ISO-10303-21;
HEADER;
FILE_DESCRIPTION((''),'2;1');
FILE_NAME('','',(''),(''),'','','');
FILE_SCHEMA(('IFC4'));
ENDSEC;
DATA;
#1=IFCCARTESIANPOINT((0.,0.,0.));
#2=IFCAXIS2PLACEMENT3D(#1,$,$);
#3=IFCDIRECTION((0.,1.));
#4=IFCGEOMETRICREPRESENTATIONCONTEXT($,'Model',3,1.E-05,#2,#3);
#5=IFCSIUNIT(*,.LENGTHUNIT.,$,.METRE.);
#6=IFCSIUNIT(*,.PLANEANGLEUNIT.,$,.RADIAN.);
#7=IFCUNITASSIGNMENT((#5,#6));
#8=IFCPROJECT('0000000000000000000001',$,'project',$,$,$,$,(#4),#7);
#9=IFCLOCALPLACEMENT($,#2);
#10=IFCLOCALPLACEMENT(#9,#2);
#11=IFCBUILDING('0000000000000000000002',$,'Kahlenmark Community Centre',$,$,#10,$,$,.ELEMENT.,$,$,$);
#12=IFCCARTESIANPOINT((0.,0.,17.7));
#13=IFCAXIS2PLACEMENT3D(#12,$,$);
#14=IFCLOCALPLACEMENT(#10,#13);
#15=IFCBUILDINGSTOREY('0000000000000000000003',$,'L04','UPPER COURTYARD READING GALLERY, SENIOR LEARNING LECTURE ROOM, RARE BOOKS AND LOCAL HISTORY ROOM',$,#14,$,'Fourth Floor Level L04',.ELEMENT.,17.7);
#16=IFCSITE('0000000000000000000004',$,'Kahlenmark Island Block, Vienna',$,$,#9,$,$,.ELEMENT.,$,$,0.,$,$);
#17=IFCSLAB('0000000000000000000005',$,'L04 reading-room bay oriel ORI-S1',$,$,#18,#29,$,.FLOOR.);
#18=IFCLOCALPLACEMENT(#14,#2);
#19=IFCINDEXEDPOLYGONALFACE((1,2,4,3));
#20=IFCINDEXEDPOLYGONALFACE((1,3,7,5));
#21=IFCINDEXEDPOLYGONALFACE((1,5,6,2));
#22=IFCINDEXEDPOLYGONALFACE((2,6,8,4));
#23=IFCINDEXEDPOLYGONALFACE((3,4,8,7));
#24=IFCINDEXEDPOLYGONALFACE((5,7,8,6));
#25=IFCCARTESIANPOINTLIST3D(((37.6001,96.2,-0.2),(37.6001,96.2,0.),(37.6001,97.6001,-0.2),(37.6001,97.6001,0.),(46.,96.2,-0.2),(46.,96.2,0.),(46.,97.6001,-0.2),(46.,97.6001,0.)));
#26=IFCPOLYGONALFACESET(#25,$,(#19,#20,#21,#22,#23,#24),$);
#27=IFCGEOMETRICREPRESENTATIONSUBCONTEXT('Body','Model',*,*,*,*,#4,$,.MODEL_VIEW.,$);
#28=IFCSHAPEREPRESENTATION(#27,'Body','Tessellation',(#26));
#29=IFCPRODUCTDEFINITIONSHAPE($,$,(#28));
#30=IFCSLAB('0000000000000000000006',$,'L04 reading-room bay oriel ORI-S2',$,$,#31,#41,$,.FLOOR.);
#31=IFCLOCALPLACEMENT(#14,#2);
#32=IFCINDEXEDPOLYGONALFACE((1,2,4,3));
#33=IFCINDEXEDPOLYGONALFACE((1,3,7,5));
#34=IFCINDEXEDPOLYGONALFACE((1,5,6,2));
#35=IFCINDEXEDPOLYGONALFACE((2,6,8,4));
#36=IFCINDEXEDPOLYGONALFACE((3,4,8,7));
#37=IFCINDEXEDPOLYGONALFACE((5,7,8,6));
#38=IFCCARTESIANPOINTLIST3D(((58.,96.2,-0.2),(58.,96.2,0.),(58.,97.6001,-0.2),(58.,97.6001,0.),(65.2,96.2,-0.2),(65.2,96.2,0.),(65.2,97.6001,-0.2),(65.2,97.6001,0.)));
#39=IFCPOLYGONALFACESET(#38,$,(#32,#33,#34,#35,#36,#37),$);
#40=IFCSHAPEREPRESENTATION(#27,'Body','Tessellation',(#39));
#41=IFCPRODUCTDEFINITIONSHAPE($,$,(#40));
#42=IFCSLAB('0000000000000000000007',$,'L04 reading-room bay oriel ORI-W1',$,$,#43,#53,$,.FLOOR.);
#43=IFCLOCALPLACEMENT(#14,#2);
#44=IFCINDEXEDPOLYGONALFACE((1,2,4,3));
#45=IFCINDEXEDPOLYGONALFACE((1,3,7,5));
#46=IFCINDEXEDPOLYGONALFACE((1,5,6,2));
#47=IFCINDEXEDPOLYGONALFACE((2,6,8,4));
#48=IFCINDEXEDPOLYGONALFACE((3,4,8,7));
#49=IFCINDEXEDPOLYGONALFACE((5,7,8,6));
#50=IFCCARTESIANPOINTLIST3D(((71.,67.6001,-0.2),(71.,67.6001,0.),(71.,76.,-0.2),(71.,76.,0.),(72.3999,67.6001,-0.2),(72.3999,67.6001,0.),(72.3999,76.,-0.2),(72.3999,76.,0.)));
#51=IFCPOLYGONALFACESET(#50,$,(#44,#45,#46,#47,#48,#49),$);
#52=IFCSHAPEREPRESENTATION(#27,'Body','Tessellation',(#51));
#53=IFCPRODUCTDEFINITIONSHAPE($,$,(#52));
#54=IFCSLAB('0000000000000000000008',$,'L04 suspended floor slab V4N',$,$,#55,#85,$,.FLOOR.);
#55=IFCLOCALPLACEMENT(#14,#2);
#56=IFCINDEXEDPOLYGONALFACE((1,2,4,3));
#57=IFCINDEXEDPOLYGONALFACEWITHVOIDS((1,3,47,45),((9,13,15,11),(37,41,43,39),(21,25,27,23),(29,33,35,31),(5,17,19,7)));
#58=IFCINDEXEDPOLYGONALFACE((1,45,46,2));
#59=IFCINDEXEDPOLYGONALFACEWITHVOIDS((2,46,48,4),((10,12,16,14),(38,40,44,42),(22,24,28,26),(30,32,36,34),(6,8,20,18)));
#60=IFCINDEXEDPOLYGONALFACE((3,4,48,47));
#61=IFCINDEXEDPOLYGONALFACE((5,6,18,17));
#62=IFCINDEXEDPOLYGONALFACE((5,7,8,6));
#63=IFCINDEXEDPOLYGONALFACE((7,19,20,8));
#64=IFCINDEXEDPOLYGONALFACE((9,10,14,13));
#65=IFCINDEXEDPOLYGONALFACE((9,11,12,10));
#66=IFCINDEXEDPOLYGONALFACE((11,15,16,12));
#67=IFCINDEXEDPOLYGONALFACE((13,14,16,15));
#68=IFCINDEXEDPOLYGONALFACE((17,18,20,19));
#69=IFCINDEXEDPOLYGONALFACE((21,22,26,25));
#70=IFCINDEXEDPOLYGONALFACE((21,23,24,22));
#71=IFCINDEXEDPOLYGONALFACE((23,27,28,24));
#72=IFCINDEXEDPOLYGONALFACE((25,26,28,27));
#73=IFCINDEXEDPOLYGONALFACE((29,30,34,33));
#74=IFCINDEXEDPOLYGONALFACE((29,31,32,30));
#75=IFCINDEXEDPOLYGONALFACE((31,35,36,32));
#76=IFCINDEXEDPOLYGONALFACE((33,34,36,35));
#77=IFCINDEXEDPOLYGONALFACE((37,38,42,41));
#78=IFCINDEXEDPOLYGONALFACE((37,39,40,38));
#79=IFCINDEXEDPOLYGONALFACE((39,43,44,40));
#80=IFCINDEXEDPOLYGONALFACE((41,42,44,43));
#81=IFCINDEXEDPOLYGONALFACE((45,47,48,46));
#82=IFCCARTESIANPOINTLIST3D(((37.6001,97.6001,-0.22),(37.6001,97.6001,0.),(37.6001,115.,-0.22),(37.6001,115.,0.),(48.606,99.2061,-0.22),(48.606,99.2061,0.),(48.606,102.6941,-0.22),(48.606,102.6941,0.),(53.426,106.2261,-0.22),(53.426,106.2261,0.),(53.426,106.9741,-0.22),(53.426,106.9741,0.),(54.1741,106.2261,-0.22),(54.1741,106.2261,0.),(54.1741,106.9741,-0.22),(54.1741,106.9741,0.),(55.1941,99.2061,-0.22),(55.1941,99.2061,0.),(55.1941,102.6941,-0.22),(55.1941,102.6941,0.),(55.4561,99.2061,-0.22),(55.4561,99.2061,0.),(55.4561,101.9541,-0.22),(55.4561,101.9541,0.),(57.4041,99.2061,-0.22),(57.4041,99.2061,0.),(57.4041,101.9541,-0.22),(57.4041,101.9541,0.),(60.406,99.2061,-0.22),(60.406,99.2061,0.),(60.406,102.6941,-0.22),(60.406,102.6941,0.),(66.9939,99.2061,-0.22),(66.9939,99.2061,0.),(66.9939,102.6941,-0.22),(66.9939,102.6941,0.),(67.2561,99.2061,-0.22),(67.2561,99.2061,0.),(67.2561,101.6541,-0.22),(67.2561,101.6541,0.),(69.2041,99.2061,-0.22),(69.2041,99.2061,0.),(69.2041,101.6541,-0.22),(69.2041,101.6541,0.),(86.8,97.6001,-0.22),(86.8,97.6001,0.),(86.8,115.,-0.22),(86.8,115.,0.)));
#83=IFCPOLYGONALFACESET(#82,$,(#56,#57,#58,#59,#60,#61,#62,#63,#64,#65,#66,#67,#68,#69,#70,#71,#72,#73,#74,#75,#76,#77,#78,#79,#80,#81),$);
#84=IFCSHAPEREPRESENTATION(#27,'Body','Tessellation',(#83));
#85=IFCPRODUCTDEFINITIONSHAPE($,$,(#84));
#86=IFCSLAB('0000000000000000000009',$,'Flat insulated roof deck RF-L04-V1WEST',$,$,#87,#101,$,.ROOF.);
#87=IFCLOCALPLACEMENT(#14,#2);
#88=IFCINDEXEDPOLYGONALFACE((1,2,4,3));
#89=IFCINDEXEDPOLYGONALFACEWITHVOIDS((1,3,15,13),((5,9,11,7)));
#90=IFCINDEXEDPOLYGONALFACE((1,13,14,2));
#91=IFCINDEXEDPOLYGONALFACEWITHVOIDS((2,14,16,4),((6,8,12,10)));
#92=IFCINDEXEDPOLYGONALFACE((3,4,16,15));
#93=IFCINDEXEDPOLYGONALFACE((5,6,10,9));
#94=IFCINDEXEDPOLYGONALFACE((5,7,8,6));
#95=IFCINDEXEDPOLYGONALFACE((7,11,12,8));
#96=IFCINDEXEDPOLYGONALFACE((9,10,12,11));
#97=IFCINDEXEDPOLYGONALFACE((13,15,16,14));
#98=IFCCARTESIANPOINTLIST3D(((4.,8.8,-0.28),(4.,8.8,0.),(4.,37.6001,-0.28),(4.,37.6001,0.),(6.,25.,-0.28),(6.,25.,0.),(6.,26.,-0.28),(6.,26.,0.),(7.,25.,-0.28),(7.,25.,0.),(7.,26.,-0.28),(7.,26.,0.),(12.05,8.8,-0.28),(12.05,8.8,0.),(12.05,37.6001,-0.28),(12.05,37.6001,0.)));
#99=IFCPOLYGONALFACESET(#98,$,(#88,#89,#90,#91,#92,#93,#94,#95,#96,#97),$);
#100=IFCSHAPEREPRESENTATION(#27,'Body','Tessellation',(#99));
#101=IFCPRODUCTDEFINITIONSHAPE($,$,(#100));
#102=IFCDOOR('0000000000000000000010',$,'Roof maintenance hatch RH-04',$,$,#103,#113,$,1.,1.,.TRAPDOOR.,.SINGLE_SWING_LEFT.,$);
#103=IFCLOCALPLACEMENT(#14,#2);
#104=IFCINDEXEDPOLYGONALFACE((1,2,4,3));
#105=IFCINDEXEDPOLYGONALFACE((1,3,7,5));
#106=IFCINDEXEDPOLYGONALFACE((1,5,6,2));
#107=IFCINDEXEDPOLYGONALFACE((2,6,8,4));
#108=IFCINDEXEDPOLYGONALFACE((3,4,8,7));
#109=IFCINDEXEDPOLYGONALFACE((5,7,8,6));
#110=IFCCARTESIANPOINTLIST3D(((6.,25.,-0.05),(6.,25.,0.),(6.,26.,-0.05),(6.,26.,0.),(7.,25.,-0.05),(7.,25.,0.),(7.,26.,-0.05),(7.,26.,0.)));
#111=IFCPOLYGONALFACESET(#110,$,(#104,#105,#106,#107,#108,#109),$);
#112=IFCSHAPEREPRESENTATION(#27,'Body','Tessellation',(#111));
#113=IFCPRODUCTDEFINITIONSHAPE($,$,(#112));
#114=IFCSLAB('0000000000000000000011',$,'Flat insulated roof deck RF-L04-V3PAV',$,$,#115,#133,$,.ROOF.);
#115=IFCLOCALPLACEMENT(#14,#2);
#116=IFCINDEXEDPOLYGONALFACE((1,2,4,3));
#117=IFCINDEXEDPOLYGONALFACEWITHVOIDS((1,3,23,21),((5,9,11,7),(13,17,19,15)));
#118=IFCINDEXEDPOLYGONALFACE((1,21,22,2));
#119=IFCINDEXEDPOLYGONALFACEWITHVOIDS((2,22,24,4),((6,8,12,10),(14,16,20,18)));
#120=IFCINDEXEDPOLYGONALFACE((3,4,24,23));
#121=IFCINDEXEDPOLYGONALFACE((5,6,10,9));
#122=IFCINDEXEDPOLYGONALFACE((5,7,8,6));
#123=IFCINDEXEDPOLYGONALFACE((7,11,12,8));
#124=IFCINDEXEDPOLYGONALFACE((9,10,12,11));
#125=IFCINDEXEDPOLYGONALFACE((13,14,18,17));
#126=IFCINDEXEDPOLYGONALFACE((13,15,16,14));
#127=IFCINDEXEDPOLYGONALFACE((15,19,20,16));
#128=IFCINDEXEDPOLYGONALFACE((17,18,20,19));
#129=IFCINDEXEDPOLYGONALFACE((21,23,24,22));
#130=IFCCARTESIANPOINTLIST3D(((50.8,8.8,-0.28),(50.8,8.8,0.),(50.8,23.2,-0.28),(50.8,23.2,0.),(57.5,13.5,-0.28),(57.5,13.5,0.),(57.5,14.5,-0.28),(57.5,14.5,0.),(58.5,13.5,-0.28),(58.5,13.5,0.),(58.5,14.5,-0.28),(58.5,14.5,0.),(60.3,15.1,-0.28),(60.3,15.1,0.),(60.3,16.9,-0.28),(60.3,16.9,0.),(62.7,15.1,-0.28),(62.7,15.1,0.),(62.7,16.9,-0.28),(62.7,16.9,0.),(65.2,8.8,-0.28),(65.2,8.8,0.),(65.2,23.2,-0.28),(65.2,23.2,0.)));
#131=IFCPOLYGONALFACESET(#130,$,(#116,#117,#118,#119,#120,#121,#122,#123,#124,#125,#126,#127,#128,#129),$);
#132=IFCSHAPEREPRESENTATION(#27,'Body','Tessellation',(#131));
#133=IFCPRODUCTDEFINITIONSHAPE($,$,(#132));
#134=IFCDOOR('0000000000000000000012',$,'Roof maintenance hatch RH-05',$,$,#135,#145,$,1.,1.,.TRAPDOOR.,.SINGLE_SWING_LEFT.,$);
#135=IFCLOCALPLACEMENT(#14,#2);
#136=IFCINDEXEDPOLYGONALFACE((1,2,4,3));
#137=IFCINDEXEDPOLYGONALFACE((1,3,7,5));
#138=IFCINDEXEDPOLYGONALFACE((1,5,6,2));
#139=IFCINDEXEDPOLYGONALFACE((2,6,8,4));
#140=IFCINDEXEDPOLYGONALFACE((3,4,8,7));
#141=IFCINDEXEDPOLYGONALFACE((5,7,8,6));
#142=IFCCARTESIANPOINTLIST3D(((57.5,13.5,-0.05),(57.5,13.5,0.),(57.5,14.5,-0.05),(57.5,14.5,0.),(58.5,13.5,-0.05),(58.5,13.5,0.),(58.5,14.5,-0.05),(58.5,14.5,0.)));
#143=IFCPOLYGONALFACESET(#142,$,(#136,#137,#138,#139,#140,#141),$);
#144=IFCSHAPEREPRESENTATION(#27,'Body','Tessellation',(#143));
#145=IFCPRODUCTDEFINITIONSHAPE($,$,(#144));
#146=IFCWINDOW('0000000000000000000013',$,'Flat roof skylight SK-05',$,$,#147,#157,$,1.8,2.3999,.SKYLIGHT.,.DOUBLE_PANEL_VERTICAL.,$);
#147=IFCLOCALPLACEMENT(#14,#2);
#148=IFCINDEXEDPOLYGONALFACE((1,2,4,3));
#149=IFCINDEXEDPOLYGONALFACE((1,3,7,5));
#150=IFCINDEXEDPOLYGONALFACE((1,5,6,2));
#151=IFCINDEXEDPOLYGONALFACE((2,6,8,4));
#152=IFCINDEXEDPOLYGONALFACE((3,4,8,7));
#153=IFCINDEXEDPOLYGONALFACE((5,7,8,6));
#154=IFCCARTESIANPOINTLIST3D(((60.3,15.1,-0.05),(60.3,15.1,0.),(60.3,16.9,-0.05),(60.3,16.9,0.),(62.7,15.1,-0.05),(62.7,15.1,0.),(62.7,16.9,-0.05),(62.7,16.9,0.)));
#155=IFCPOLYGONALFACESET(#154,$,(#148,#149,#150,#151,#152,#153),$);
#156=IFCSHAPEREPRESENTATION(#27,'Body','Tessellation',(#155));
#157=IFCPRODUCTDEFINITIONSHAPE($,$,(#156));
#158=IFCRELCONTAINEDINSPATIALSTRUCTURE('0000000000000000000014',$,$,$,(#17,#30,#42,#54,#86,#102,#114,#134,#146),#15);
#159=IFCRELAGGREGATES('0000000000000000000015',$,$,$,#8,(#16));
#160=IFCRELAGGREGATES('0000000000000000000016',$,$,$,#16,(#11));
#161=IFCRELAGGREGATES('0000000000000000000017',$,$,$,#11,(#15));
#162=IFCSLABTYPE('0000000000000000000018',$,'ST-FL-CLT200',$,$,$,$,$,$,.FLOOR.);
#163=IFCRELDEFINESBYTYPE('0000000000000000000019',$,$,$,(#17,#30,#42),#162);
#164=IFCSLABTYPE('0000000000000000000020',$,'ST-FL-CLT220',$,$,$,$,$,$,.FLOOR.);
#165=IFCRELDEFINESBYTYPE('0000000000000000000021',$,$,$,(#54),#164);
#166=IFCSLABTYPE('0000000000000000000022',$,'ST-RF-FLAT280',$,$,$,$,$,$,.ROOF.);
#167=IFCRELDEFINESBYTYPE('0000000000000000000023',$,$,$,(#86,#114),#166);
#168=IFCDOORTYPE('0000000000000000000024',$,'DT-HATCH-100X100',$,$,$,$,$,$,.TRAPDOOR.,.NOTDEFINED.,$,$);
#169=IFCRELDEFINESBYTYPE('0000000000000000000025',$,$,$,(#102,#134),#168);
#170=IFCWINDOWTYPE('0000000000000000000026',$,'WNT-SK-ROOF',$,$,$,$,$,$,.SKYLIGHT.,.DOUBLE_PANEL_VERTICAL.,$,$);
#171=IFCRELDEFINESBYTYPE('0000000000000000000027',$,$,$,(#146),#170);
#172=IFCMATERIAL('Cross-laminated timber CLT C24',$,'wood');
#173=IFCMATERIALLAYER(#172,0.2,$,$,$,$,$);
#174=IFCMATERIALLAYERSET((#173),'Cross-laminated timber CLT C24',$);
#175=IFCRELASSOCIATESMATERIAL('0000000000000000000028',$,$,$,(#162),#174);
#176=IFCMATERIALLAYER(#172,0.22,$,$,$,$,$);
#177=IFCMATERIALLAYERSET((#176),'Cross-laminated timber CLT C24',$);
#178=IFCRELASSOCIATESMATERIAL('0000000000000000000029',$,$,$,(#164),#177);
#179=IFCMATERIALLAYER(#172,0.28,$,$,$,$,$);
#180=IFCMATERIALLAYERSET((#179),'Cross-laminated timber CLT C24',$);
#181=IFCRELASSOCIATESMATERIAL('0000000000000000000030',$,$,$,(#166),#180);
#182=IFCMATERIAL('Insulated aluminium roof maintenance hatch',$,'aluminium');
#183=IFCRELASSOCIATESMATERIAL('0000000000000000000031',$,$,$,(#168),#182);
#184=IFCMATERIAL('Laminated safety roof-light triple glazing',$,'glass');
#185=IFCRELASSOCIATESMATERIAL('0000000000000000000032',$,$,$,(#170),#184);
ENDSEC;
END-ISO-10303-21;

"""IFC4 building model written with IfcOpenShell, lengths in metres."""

from ifc_helpers import new_model, si_unit, direction, frame, origin, origin_2d, place, context, subcontext, project, spatial, polyline, rectangle, outline, extrude, material, layer, layer_set, type_object, element, fill, save


model = new_model("IFC4")

# Units and contexts
model_context = context("Model", 3, precision=1e-05, world=origin(), true_north=direction((0.0, 1.0)))
body_context = subcontext(model_context, "Body", "Model", "MODEL_VIEW")
ifc_project = project(units=[si_unit("LENGTHUNIT", "METRE"), si_unit("PLANEANGLEUNIT", "RADIAN")], contexts=[model_context])

# Site, building, storey
site_placement = place(None, origin())
site = spatial("IfcSite", under=ifc_project, at=site_placement, Name="Kahlenmark Island Block, Vienna", CompositionType="ELEMENT", RefElevation=0.0)
building_placement = place(site_placement, origin())
building = spatial("IfcBuilding", under=site, at=building_placement, Name="Kahlenmark Community Centre", CompositionType="ELEMENT")
storey_placement = place(building_placement, frame((0.0, 0.0, 17.7)))
storey = spatial("IfcBuildingStorey", under=building, at=storey_placement, Name="L04", Description="UPPER COURTYARD READING GALLERY, SENIOR LEARNING LECTURE ROOM, RARE BOOKS AND LOCAL HISTORY ROOM", LongName="Fourth Floor Level L04", CompositionType="ELEMENT", Elevation=17.7)

# Slabs
ifc_material_1 = material(Name="Cross-laminated timber CLT C24", Category="wood")
ifc_layer_1 = layer(ifc_material_1, 0.2)
ifc_layer_set_1 = layer_set([ifc_layer_1], Name="Cross-laminated timber CLT C24")
slab_type_1 = type_object("IfcSlabType", Name="ST-FL-CLT200", PredefinedType="FLOOR", material=ifc_layer_set_1)
slab_1_placement = place(storey_placement, frame((0.0, 0.0, -0.2)))
element("IfcSlab", 1, at=slab_1_placement, inside=storey, type_object=slab_type_1, Name="L04 reading-room bay oriel ORI-S1", PredefinedType="FLOOR", context=body_context, shape_type="SweptSolid", body=[
    extrude(outline(polyline([(37.6001, 96.2), (46.0, 96.2), (46.0, 97.6001), (37.6001, 97.6001), (37.6001, 96.2)])), origin(), (0.0, 0.0, 1.0), 0.2),
])
slab_2_placement = place(storey_placement, frame((0.0, 0.0, -0.2)))
element("IfcSlab", 2, at=slab_2_placement, inside=storey, type_object=slab_type_1, Name="L04 reading-room bay oriel ORI-S2", PredefinedType="FLOOR", context=body_context, shape_type="SweptSolid", body=[
    extrude(outline(polyline([(58.0, 96.2), (65.2, 96.2), (65.2, 97.6001), (58.0, 97.6001), (58.0, 96.2)])), origin(), (0.0, 0.0, 1.0), 0.2),
])
slab_3_placement = place(storey_placement, frame((0.0, 0.0, -0.2)))
element("IfcSlab", 3, at=slab_3_placement, inside=storey, type_object=slab_type_1, Name="L04 reading-room bay oriel ORI-W1", PredefinedType="FLOOR", context=body_context, shape_type="SweptSolid", body=[
    extrude(outline(polyline([(71.0, 67.6001), (72.3999, 67.6001), (72.3999, 76.0), (71.0, 76.0), (71.0, 67.6001)])), origin(), (0.0, 0.0, 1.0), 0.2),
])
ifc_layer_2 = layer(ifc_material_1, 0.22)
ifc_layer_set_2 = layer_set([ifc_layer_2], Name="Cross-laminated timber CLT C24")
slab_type_2 = type_object("IfcSlabType", Name="ST-FL-CLT220", PredefinedType="FLOOR", material=ifc_layer_set_2)
slab_4_placement = place(storey_placement, frame((0.0, 0.0, -0.22)))
element("IfcSlab", 4, at=slab_4_placement, inside=storey, type_object=slab_type_2, Name="L04 suspended floor slab V4N", PredefinedType="FLOOR", context=body_context, shape_type="SweptSolid", body=[
    extrude(outline(polyline([(37.6001, 97.6001), (86.8, 97.6001), (86.8, 115.0), (37.6001, 115.0), (37.6001, 97.6001)]), holes=[polyline([(48.606, 99.2061), (55.1941, 99.2061), (55.1941, 102.6941), (48.606, 102.6941), (48.606, 99.2061)]), polyline([(60.406, 99.2061), (66.9939, 99.2061), (66.9939, 102.6941), (60.406, 102.6941), (60.406, 99.2061)]), polyline([(55.4561, 99.2061), (57.4041, 99.2061), (57.4041, 101.9541), (55.4561, 101.9541), (55.4561, 99.2061)]), polyline([(67.2561, 99.2061), (69.2041, 99.2061), (69.2041, 101.6541), (67.2561, 101.6541), (67.2561, 99.2061)]), polyline([(53.426, 106.2261), (54.1741, 106.2261), (54.1741, 106.9741), (53.426, 106.9741), (53.426, 106.2261)])]), origin(), (0.0, 0.0, 1.0), 0.22),
])

# Slab, opening, door
ifc_layer_3 = layer(ifc_material_1, 0.28)
ifc_layer_set_3 = layer_set([ifc_layer_3], Name="Cross-laminated timber CLT C24")
slab_type_3 = type_object("IfcSlabType", Name="ST-RF-FLAT280", PredefinedType="ROOF", material=ifc_layer_set_3)
slab_5_placement = place(storey_placement, frame((0.0, 0.0, -0.28)))
slab_5 = element("IfcSlab", 5, at=slab_5_placement, inside=storey, type_object=slab_type_3, Name="Flat insulated roof deck RF-L04-V1WEST", PredefinedType="ROOF", context=body_context, shape_type="SweptSolid", body=[
    extrude(outline(polyline([(4.0, 8.8), (12.05, 8.8), (12.05, 37.6001), (4.0, 37.6001), (4.0, 8.8)])), origin(), (0.0, 0.0, 1.0), 0.28),
])
opening_1_placement = place(slab_5_placement, frame((6.5, 25.5, -0.01)))
opening_1 = element("IfcOpeningElement", 6, at=opening_1_placement, cuts=slab_5, PredefinedType="OPENING", context=body_context, shape_type="SweptSolid", body=[
    extrude(rectangle(XDim=1.0, YDim=1.0, at=origin_2d()), origin(), (0.0, 0.0, 1.0), 0.3),
])
ifc_material_2 = material(Name="Insulated aluminium roof maintenance hatch", Category="aluminium")
door_type = type_object("IfcDoorType", Name="DT-HATCH-100X100", OperationType="NOTDEFINED", PredefinedType="TRAPDOOR", material=ifc_material_2)
door_1_placement = place(slab_5_placement, frame((6.5, 25.5, 0.23)))
door_1 = element("IfcDoor", 7, at=door_1_placement, inside=storey, type_object=door_type, Name="Roof maintenance hatch RH-04", OperationType="SINGLE_SWING_LEFT", OverallHeight=1.0, OverallWidth=1.0, PredefinedType="TRAPDOOR", context=body_context, shape_type="SweptSolid", body=[
    extrude(rectangle(XDim=1.0, YDim=1.0, at=origin_2d()), origin(), (0.0, 0.0, 1.0), 0.05),
])
fill(opening_1, door_1)

# Slab, openings, door, window
slab_6_placement = place(storey_placement, frame((0.0, 0.0, -0.28)))
slab_6 = element("IfcSlab", 8, at=slab_6_placement, inside=storey, type_object=slab_type_3, Name="Flat insulated roof deck RF-L04-V3PAV", PredefinedType="ROOF", context=body_context, shape_type="SweptSolid", body=[
    extrude(outline(polyline([(50.8, 8.8), (65.2, 8.8), (65.2, 23.2), (50.8, 23.2), (50.8, 8.8)])), origin(), (0.0, 0.0, 1.0), 0.28),
])
opening_2_placement = place(slab_6_placement, frame((58.0, 14.0, -0.01)))
opening_2 = element("IfcOpeningElement", 9, at=opening_2_placement, cuts=slab_6, PredefinedType="OPENING", context=body_context, shape_type="SweptSolid", body=[
    extrude(rectangle(XDim=1.0, YDim=1.0, at=origin_2d()), origin(), (0.0, 0.0, 1.0), 0.3),
])
opening_3_placement = place(slab_6_placement, frame((61.5, 16.0, -0.01)))
opening_3 = element("IfcOpeningElement", 10, at=opening_3_placement, cuts=slab_6, PredefinedType="OPENING", context=body_context, shape_type="SweptSolid", body=[
    extrude(rectangle(XDim=2.3999, YDim=1.8, at=origin_2d()), origin(), (0.0, 0.0, 1.0), 0.3),
])
door_2_placement = place(slab_6_placement, frame((58.0, 14.0, 0.23)))
door_2 = element("IfcDoor", 11, at=door_2_placement, inside=storey, type_object=door_type, Name="Roof maintenance hatch RH-05", OperationType="SINGLE_SWING_LEFT", OverallHeight=1.0, OverallWidth=1.0, PredefinedType="TRAPDOOR", context=body_context, shape_type="SweptSolid", body=[
    extrude(rectangle(XDim=1.0, YDim=1.0, at=origin_2d()), origin(), (0.0, 0.0, 1.0), 0.05),
])
fill(opening_2, door_2)
ifc_material_3 = material(Name="Laminated safety roof-light triple glazing", Category="glass")
window_type = type_object("IfcWindowType", Name="WNT-SK-ROOF", PartitioningType="DOUBLE_PANEL_VERTICAL", PredefinedType="SKYLIGHT", material=ifc_material_3)
window_1_placement = place(slab_6_placement, frame((61.5, 16.0, 0.23)))
window_1 = element("IfcWindow", 12, at=window_1_placement, inside=storey, type_object=window_type, Name="Flat roof skylight SK-05", OverallHeight=1.8, OverallWidth=2.3999, PartitioningType="DOUBLE_PANEL_VERTICAL", PredefinedType="SKYLIGHT", context=body_context, shape_type="SweptSolid", body=[
    extrude(rectangle(XDim=2.3999, YDim=1.8, at=origin_2d()), origin(), (0.0, 0.0, 1.0), 0.05),
])
fill(opening_3, window_1)

save(model, "model.ifc")
